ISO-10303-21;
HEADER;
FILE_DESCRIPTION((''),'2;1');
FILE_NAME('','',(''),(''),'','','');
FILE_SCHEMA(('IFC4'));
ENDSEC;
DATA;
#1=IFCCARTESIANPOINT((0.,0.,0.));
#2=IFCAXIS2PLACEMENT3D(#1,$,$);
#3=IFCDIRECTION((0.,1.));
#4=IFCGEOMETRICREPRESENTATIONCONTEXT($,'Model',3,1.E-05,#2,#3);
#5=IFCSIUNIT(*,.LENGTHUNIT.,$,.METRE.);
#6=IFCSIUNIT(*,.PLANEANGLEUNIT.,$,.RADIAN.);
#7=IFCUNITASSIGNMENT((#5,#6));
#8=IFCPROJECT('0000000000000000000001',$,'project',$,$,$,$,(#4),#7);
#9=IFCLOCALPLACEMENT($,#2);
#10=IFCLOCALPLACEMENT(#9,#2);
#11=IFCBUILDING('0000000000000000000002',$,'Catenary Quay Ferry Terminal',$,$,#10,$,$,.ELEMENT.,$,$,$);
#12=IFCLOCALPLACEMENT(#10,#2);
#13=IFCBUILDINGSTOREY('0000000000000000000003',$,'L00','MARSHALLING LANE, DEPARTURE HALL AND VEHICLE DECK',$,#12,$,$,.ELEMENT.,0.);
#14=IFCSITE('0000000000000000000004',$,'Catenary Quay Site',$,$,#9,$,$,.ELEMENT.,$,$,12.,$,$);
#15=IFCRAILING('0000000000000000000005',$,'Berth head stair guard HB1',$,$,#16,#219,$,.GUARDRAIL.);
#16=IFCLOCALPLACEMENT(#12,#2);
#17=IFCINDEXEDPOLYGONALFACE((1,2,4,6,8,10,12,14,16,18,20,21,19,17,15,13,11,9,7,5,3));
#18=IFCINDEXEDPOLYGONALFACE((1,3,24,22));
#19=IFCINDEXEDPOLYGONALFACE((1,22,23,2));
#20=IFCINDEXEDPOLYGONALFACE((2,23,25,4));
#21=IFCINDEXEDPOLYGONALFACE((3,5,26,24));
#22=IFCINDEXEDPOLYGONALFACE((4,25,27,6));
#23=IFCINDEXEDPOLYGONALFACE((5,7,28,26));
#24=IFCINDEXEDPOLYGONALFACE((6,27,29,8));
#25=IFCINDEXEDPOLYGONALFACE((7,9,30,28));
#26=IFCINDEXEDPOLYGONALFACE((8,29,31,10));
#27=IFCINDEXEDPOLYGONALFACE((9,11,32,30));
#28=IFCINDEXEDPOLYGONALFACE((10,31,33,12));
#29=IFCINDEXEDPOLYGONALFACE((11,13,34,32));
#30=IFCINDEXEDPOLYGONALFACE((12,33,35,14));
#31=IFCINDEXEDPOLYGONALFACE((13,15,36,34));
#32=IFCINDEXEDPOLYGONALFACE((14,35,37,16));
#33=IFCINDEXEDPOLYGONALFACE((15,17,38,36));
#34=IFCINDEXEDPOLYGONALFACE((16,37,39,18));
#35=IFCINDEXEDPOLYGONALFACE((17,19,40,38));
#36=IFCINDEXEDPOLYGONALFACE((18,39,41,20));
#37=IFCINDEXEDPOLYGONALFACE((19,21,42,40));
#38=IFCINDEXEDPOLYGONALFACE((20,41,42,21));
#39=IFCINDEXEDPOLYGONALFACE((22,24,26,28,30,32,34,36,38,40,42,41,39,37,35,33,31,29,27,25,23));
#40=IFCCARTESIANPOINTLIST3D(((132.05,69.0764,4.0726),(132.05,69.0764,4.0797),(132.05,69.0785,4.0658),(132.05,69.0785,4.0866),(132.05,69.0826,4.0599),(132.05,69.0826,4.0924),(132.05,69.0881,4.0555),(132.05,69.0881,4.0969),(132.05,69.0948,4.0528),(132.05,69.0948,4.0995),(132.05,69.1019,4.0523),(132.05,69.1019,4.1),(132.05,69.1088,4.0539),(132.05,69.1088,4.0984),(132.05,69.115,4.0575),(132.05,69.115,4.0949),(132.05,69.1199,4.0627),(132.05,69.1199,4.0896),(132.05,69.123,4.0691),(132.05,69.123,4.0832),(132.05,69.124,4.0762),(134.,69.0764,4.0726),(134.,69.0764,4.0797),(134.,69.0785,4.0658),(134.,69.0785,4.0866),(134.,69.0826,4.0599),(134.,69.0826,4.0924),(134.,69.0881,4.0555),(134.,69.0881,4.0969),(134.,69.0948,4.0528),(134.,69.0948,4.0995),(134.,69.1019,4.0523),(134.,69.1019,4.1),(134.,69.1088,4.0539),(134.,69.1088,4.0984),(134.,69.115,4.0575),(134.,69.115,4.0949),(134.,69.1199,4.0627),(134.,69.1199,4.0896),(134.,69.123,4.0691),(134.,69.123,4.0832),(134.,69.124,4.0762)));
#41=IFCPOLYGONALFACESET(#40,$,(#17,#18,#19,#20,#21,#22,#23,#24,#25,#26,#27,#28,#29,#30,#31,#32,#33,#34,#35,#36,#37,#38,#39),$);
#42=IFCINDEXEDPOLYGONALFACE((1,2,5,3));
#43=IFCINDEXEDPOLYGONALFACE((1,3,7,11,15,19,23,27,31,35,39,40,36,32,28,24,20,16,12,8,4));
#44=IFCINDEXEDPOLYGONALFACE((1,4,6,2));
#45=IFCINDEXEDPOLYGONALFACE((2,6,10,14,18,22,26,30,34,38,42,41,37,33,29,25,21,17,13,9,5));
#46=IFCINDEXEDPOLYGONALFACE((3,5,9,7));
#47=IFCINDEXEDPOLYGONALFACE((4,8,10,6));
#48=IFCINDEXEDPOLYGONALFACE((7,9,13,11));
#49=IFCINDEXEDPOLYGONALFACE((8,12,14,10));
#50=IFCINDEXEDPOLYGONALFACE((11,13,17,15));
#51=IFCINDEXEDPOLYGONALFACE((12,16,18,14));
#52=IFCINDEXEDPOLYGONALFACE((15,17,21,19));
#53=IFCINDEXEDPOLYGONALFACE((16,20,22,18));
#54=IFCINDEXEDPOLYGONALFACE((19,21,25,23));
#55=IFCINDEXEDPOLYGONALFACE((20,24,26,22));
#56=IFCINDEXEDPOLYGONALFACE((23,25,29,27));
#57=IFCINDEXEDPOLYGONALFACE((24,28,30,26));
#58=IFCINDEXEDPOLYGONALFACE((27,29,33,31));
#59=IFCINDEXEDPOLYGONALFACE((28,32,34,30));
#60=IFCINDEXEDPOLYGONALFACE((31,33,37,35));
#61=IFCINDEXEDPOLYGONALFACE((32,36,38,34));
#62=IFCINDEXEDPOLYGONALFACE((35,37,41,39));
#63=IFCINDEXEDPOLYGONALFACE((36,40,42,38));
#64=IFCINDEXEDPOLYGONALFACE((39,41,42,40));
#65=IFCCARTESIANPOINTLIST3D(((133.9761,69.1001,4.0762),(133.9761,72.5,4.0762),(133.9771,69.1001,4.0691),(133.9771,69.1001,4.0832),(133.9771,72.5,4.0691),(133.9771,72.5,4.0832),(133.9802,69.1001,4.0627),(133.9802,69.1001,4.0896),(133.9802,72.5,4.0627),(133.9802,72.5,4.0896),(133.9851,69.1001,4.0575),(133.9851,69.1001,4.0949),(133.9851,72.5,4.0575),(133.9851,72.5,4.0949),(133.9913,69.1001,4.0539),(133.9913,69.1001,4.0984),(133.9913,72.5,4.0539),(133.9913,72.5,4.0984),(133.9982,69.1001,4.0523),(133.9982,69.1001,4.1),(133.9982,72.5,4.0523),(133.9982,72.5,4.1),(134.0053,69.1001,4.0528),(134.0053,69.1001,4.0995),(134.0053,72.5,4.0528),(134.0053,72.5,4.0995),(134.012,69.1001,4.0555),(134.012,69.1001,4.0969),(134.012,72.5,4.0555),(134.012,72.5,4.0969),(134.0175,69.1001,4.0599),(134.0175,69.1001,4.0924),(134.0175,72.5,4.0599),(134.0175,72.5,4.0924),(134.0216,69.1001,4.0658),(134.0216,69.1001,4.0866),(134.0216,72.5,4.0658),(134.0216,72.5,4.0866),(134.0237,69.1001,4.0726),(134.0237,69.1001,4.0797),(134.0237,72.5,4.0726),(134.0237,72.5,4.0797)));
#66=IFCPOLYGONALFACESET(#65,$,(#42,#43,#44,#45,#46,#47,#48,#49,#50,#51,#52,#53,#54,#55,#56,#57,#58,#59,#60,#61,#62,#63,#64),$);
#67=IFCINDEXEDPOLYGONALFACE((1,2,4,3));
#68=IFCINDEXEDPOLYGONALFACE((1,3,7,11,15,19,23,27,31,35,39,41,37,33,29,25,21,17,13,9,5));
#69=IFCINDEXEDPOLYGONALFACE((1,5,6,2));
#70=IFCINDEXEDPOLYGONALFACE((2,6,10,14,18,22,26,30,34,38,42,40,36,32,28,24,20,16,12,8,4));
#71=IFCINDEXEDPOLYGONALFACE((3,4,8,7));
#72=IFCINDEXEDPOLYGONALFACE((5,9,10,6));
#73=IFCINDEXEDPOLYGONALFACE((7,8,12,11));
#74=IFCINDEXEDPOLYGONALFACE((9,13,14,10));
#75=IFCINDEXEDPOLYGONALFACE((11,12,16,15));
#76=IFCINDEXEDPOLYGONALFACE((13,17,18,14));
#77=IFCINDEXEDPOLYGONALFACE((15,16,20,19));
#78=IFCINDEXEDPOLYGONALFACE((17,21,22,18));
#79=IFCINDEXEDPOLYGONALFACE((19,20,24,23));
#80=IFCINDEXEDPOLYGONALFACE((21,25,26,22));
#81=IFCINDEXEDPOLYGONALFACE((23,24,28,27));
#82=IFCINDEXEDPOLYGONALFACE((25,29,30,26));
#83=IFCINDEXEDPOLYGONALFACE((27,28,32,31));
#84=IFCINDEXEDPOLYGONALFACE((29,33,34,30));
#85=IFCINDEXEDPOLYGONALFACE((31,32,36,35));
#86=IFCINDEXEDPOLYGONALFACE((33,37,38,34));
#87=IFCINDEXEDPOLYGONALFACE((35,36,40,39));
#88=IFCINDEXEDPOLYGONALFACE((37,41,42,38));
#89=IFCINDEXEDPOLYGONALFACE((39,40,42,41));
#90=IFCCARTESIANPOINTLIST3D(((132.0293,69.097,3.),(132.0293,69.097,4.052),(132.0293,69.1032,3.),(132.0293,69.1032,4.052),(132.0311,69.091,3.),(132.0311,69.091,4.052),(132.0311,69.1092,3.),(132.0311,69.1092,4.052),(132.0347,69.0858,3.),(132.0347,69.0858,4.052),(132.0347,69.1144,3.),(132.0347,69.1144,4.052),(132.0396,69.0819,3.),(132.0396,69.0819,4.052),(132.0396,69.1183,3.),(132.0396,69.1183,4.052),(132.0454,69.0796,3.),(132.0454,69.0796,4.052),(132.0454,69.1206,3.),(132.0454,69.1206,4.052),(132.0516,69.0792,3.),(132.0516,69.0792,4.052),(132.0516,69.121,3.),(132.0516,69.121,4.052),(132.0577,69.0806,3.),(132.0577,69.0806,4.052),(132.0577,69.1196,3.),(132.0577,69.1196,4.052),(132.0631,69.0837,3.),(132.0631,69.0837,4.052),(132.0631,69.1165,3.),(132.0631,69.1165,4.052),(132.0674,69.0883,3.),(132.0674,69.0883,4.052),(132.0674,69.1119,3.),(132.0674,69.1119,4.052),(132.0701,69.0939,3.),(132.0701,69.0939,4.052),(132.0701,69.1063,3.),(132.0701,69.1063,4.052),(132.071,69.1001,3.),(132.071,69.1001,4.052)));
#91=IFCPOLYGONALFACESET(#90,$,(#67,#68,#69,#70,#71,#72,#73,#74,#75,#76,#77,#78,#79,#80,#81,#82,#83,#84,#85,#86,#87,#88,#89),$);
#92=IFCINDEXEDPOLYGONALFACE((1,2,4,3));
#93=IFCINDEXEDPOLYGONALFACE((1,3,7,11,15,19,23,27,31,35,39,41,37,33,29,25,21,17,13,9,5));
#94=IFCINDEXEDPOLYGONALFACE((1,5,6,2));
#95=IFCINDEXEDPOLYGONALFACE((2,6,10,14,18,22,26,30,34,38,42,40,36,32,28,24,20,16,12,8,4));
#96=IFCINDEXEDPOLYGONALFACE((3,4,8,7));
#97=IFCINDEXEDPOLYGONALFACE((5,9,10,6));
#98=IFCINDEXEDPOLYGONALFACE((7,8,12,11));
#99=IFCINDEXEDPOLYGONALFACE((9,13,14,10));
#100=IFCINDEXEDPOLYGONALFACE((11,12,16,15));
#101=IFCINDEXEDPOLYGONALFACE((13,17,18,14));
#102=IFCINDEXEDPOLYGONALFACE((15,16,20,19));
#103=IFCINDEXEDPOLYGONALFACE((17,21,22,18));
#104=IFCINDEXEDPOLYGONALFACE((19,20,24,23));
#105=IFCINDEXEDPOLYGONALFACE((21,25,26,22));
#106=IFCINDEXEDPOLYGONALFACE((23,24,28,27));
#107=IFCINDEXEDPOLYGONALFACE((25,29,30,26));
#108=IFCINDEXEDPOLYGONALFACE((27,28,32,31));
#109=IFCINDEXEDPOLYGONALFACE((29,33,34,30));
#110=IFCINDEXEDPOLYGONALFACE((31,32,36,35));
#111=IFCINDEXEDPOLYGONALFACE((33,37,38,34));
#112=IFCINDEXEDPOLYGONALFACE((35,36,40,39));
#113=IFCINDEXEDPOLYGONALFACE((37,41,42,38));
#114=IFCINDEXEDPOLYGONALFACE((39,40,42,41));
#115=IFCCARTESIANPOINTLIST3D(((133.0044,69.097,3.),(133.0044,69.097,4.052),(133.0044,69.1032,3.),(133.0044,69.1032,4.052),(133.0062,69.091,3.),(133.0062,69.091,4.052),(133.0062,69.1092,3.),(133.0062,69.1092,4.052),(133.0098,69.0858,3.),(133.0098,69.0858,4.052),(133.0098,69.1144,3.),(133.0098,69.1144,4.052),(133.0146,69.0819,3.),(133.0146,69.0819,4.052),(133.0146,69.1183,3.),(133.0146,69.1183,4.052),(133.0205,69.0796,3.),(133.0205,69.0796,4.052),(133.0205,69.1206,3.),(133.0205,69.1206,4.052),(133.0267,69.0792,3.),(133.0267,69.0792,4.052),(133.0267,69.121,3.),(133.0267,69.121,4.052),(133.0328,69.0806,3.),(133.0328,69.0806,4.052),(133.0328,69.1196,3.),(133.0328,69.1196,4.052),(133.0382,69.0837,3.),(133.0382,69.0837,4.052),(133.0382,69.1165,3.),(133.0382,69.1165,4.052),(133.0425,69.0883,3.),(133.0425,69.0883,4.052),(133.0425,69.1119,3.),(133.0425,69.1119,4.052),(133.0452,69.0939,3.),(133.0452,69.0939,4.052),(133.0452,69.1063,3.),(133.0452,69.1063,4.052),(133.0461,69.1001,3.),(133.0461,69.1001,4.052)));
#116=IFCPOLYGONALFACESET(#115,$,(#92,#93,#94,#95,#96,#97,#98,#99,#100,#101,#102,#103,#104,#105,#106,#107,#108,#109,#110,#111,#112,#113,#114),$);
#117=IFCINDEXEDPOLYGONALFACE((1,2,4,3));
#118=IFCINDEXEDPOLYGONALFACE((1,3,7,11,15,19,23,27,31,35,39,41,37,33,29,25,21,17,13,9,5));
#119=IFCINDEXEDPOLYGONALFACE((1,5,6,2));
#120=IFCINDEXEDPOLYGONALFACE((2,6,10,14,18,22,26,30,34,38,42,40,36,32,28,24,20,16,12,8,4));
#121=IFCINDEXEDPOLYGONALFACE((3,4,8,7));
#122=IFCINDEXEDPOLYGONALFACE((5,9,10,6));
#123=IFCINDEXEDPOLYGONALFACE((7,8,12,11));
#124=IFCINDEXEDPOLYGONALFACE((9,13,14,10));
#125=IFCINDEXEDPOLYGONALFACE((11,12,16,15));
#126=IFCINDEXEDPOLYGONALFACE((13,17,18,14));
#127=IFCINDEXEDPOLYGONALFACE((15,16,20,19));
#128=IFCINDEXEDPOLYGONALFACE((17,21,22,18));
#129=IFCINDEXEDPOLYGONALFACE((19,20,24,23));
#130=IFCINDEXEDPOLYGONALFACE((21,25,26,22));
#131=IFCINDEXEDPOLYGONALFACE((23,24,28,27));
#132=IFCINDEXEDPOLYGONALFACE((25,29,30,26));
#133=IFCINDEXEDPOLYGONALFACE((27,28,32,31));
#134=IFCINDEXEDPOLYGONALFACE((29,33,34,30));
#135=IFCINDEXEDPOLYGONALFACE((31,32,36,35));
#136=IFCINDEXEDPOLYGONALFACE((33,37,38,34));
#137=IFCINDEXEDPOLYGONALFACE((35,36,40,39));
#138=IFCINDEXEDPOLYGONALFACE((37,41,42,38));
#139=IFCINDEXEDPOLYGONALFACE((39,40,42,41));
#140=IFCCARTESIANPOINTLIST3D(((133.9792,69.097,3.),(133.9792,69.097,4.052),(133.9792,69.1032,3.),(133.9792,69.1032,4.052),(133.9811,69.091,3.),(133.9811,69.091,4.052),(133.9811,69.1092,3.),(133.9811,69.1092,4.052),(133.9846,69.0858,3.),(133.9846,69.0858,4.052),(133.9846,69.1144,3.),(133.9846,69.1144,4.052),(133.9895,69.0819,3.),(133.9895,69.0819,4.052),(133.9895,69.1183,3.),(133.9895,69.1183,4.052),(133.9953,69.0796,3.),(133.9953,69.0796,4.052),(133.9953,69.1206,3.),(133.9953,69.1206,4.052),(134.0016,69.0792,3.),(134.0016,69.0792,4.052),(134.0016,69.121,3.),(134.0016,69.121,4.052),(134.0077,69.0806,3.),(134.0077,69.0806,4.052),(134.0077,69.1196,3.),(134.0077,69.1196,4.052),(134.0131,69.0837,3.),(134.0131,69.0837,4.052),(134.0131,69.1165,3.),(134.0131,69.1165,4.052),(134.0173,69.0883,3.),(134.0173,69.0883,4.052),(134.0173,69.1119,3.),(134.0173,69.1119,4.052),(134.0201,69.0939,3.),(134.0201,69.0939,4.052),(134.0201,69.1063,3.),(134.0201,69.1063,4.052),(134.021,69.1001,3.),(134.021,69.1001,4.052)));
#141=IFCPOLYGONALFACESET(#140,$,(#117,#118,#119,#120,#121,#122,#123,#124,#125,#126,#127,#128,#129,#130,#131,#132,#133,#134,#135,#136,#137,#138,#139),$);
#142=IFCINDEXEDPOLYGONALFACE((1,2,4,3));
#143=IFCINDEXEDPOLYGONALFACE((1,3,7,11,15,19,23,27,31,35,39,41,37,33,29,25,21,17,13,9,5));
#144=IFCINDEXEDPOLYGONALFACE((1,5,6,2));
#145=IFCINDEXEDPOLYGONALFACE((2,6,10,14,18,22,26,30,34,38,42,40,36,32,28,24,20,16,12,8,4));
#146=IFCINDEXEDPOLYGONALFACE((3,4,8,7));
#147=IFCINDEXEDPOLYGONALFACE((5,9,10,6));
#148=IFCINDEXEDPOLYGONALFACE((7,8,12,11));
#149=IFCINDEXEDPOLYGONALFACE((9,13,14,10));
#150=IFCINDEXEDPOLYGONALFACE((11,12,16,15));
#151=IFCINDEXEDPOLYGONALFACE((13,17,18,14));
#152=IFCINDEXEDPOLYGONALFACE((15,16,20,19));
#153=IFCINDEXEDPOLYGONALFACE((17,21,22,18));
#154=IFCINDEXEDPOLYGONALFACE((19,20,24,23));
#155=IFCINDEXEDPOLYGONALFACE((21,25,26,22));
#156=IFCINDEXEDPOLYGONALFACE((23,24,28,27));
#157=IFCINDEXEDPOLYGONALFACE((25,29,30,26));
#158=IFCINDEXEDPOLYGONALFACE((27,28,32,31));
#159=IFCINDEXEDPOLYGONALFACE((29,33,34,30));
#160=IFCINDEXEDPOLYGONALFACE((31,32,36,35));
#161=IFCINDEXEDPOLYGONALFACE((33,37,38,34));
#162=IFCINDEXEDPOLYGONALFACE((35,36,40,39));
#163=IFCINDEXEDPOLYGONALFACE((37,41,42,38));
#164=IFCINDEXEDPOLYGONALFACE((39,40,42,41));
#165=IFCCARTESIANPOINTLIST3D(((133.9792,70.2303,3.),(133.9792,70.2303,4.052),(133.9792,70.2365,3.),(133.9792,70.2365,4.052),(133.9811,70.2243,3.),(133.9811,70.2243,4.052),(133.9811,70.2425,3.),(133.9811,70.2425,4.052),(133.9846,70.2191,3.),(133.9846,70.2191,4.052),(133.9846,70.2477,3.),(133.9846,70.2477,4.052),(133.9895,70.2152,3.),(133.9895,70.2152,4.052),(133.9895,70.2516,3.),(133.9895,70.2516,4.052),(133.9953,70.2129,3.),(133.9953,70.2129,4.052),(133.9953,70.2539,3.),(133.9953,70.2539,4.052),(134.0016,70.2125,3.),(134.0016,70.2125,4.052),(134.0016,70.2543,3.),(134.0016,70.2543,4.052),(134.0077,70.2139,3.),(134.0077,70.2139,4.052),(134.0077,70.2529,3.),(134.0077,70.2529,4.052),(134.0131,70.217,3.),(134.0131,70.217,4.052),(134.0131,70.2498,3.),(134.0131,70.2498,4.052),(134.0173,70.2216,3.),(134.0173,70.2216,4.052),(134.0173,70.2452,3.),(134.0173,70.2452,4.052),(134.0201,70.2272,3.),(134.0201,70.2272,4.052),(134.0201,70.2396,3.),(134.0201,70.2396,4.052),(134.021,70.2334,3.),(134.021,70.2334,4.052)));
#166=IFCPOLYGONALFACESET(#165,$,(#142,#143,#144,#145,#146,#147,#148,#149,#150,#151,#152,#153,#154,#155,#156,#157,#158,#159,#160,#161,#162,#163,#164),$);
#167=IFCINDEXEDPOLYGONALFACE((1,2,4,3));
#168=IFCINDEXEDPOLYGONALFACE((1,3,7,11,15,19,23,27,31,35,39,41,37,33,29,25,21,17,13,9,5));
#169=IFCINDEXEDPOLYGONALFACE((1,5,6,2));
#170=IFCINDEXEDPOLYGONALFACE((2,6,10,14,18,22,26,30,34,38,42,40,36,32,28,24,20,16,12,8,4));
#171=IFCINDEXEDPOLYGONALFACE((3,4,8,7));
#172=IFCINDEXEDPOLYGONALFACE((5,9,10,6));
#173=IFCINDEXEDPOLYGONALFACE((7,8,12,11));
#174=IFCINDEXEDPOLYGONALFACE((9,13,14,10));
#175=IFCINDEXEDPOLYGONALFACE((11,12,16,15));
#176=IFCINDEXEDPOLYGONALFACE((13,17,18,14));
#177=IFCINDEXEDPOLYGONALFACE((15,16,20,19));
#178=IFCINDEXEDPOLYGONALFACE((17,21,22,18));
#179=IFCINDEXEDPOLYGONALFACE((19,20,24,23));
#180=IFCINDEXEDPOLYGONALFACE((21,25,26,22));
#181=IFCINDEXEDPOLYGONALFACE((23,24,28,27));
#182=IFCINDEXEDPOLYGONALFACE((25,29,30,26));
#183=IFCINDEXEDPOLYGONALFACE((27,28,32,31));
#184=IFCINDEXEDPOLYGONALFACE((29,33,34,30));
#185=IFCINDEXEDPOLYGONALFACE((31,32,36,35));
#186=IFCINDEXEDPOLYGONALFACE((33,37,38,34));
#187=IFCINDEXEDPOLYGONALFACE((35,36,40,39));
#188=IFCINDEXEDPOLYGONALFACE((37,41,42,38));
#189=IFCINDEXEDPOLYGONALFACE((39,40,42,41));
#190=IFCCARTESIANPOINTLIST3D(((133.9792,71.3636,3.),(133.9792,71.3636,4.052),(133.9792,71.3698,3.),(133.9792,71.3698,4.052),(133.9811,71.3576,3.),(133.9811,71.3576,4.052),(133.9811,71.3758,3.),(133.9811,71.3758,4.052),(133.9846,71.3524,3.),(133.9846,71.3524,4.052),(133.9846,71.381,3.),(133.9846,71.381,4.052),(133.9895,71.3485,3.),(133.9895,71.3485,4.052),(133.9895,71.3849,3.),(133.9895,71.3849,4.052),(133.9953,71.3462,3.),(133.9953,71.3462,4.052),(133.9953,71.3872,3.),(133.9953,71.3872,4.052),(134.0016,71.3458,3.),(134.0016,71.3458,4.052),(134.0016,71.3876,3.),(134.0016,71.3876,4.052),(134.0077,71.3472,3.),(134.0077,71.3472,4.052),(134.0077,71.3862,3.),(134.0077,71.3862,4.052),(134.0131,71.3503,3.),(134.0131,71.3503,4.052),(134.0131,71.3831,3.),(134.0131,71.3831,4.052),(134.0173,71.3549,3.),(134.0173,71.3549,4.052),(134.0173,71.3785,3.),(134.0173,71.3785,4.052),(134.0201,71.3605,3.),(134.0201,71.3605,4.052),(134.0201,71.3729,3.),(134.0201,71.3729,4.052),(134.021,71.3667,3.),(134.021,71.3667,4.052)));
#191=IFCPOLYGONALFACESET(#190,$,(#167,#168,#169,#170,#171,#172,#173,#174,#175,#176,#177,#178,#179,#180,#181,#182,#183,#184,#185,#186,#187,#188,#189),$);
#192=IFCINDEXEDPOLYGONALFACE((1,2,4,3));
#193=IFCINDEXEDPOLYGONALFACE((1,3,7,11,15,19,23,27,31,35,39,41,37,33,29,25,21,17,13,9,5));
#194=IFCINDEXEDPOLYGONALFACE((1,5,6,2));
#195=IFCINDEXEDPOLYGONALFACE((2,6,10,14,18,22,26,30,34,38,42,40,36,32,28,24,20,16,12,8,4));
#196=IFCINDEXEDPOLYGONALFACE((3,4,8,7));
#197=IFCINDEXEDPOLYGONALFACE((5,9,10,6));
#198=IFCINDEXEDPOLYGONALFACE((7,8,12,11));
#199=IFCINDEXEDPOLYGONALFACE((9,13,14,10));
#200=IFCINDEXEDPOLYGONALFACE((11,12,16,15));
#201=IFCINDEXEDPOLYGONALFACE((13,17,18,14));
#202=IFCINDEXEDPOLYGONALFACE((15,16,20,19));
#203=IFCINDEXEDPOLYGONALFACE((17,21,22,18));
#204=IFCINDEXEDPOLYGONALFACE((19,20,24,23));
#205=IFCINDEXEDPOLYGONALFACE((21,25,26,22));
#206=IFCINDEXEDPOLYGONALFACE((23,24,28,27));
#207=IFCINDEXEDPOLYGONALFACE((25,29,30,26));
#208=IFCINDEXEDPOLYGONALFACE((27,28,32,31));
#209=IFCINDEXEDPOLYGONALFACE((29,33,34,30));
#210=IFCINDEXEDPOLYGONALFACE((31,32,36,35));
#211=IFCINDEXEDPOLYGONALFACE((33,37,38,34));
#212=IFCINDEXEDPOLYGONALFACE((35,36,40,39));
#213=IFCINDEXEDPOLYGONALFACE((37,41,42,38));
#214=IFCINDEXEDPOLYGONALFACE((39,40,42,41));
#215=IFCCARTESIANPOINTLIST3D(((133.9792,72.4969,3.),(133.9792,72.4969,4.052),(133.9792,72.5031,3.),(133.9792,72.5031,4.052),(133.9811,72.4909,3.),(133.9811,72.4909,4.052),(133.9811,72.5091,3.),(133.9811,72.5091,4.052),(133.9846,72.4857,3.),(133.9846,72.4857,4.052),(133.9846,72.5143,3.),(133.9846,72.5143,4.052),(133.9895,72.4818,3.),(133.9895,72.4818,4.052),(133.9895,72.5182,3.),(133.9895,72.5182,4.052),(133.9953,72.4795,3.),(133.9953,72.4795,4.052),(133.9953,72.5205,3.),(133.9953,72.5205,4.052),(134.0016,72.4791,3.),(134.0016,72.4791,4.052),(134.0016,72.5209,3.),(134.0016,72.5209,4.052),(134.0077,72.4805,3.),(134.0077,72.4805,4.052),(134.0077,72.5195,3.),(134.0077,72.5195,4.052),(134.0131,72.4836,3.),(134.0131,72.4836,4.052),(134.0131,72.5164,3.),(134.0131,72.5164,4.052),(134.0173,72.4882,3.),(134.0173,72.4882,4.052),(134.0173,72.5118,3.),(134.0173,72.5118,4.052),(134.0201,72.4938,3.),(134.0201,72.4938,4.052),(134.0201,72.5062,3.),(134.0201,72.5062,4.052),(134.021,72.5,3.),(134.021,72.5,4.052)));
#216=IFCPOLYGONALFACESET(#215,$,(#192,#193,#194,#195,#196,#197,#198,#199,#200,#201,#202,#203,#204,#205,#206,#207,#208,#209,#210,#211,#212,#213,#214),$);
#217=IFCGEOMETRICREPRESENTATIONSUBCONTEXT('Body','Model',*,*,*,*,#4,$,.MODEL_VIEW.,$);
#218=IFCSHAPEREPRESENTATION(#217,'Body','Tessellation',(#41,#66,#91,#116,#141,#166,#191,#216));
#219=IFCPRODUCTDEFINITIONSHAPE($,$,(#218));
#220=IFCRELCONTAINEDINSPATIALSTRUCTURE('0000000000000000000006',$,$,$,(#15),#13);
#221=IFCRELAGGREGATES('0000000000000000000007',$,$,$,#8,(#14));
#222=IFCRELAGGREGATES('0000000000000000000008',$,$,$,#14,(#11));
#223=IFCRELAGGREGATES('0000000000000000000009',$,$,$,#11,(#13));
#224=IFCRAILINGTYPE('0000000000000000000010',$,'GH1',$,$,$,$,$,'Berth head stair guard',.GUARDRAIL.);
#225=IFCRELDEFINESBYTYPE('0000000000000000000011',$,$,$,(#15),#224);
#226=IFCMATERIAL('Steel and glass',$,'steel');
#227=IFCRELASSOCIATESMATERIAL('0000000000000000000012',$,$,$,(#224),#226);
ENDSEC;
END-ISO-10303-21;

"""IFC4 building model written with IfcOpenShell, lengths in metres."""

from ifc_helpers import new_model, si_unit, direction, frame, origin, origin_2d, place, context, subcontext, project, spatial, circle, extrude, material, type_object, element, save


model = new_model("IFC4")

# Units and contexts
model_context = context("Model", 3, precision=1e-05, world=origin(), true_north=direction((0.0, 1.0)))
body_context = subcontext(model_context, "Body", "Model", "MODEL_VIEW")
ifc_project = project(units=[si_unit("LENGTHUNIT", "METRE"), si_unit("PLANEANGLEUNIT", "RADIAN")], contexts=[model_context])

# Site, building, storey
site_placement = place(None, origin())
site = spatial("IfcSite", under=ifc_project, at=site_placement, Name="Catenary Quay Site", CompositionType="ELEMENT", RefElevation=12.0)
building_placement = place(site_placement, origin())
building = spatial("IfcBuilding", under=site, at=building_placement, Name="Catenary Quay Ferry Terminal", CompositionType="ELEMENT")
storey_placement = place(building_placement, origin())
storey = spatial("IfcBuildingStorey", under=building, at=storey_placement, Name="L00", Description="MARSHALLING LANE, DEPARTURE HALL AND VEHICLE DECK", CompositionType="ELEMENT", Elevation=0.0)

# Railing
ifc_material_1 = material(Name="Steel and glass", Category="steel")
railing_type_1 = type_object("IfcRailingType", Name="GH1", ElementType="Berth head stair guard", PredefinedType="GUARDRAIL", material=ifc_material_1)
railing_placement = place(storey_placement, frame((132.05, 69.1001, 3.0)))
element("IfcRailing", 1, at=railing_placement, inside=storey, type_object=railing_type_1, Name="Berth head stair guard HB1", PredefinedType="GUARDRAIL", context=body_context, shape_type="SweptSolid", body=[
    extrude(circle(Radius=0.0239, at=origin_2d()), frame((0.0, 0.0, 1.0762), z_axis=(1.0, 0.0, 0.0), x_axis=(0.0, 1.0, 0.0)), (0.0, 0.0, 1.0), 1.95),
    extrude(circle(Radius=0.0239, at=origin_2d()), frame((1.95, 0.0, 1.0762), z_axis=(0.0, 1.0, 0.0), x_axis=(-1.0, 0.0, 0.0)), (0.0, 0.0, 1.0), 3.3999),
    extrude(circle(Radius=0.021, at=origin_2d()), origin(), (0.0, 0.0, 1.0), 1.052),
    extrude(circle(Radius=0.021, at=origin_2d()), frame((0.9751, 0.0, 0.0)), (0.0, 0.0, 1.0), 1.052),
    extrude(circle(Radius=0.021, at=origin_2d()), frame((1.95, 0.0, 0.0)), (0.0, 0.0, 1.0), 1.052),
    extrude(circle(Radius=0.021, at=origin_2d()), frame((1.95, 1.1333, 0.0)), (0.0, 0.0, 1.0), 1.052),
    extrude(circle(Radius=0.021, at=origin_2d()), frame((1.95, 2.2666, 0.0)), (0.0, 0.0, 1.0), 1.052),
    extrude(circle(Radius=0.021, at=origin_2d()), frame((1.95, 3.3999, 0.0)), (0.0, 0.0, 1.0), 1.052),
])

save(model, "model.ifc")
